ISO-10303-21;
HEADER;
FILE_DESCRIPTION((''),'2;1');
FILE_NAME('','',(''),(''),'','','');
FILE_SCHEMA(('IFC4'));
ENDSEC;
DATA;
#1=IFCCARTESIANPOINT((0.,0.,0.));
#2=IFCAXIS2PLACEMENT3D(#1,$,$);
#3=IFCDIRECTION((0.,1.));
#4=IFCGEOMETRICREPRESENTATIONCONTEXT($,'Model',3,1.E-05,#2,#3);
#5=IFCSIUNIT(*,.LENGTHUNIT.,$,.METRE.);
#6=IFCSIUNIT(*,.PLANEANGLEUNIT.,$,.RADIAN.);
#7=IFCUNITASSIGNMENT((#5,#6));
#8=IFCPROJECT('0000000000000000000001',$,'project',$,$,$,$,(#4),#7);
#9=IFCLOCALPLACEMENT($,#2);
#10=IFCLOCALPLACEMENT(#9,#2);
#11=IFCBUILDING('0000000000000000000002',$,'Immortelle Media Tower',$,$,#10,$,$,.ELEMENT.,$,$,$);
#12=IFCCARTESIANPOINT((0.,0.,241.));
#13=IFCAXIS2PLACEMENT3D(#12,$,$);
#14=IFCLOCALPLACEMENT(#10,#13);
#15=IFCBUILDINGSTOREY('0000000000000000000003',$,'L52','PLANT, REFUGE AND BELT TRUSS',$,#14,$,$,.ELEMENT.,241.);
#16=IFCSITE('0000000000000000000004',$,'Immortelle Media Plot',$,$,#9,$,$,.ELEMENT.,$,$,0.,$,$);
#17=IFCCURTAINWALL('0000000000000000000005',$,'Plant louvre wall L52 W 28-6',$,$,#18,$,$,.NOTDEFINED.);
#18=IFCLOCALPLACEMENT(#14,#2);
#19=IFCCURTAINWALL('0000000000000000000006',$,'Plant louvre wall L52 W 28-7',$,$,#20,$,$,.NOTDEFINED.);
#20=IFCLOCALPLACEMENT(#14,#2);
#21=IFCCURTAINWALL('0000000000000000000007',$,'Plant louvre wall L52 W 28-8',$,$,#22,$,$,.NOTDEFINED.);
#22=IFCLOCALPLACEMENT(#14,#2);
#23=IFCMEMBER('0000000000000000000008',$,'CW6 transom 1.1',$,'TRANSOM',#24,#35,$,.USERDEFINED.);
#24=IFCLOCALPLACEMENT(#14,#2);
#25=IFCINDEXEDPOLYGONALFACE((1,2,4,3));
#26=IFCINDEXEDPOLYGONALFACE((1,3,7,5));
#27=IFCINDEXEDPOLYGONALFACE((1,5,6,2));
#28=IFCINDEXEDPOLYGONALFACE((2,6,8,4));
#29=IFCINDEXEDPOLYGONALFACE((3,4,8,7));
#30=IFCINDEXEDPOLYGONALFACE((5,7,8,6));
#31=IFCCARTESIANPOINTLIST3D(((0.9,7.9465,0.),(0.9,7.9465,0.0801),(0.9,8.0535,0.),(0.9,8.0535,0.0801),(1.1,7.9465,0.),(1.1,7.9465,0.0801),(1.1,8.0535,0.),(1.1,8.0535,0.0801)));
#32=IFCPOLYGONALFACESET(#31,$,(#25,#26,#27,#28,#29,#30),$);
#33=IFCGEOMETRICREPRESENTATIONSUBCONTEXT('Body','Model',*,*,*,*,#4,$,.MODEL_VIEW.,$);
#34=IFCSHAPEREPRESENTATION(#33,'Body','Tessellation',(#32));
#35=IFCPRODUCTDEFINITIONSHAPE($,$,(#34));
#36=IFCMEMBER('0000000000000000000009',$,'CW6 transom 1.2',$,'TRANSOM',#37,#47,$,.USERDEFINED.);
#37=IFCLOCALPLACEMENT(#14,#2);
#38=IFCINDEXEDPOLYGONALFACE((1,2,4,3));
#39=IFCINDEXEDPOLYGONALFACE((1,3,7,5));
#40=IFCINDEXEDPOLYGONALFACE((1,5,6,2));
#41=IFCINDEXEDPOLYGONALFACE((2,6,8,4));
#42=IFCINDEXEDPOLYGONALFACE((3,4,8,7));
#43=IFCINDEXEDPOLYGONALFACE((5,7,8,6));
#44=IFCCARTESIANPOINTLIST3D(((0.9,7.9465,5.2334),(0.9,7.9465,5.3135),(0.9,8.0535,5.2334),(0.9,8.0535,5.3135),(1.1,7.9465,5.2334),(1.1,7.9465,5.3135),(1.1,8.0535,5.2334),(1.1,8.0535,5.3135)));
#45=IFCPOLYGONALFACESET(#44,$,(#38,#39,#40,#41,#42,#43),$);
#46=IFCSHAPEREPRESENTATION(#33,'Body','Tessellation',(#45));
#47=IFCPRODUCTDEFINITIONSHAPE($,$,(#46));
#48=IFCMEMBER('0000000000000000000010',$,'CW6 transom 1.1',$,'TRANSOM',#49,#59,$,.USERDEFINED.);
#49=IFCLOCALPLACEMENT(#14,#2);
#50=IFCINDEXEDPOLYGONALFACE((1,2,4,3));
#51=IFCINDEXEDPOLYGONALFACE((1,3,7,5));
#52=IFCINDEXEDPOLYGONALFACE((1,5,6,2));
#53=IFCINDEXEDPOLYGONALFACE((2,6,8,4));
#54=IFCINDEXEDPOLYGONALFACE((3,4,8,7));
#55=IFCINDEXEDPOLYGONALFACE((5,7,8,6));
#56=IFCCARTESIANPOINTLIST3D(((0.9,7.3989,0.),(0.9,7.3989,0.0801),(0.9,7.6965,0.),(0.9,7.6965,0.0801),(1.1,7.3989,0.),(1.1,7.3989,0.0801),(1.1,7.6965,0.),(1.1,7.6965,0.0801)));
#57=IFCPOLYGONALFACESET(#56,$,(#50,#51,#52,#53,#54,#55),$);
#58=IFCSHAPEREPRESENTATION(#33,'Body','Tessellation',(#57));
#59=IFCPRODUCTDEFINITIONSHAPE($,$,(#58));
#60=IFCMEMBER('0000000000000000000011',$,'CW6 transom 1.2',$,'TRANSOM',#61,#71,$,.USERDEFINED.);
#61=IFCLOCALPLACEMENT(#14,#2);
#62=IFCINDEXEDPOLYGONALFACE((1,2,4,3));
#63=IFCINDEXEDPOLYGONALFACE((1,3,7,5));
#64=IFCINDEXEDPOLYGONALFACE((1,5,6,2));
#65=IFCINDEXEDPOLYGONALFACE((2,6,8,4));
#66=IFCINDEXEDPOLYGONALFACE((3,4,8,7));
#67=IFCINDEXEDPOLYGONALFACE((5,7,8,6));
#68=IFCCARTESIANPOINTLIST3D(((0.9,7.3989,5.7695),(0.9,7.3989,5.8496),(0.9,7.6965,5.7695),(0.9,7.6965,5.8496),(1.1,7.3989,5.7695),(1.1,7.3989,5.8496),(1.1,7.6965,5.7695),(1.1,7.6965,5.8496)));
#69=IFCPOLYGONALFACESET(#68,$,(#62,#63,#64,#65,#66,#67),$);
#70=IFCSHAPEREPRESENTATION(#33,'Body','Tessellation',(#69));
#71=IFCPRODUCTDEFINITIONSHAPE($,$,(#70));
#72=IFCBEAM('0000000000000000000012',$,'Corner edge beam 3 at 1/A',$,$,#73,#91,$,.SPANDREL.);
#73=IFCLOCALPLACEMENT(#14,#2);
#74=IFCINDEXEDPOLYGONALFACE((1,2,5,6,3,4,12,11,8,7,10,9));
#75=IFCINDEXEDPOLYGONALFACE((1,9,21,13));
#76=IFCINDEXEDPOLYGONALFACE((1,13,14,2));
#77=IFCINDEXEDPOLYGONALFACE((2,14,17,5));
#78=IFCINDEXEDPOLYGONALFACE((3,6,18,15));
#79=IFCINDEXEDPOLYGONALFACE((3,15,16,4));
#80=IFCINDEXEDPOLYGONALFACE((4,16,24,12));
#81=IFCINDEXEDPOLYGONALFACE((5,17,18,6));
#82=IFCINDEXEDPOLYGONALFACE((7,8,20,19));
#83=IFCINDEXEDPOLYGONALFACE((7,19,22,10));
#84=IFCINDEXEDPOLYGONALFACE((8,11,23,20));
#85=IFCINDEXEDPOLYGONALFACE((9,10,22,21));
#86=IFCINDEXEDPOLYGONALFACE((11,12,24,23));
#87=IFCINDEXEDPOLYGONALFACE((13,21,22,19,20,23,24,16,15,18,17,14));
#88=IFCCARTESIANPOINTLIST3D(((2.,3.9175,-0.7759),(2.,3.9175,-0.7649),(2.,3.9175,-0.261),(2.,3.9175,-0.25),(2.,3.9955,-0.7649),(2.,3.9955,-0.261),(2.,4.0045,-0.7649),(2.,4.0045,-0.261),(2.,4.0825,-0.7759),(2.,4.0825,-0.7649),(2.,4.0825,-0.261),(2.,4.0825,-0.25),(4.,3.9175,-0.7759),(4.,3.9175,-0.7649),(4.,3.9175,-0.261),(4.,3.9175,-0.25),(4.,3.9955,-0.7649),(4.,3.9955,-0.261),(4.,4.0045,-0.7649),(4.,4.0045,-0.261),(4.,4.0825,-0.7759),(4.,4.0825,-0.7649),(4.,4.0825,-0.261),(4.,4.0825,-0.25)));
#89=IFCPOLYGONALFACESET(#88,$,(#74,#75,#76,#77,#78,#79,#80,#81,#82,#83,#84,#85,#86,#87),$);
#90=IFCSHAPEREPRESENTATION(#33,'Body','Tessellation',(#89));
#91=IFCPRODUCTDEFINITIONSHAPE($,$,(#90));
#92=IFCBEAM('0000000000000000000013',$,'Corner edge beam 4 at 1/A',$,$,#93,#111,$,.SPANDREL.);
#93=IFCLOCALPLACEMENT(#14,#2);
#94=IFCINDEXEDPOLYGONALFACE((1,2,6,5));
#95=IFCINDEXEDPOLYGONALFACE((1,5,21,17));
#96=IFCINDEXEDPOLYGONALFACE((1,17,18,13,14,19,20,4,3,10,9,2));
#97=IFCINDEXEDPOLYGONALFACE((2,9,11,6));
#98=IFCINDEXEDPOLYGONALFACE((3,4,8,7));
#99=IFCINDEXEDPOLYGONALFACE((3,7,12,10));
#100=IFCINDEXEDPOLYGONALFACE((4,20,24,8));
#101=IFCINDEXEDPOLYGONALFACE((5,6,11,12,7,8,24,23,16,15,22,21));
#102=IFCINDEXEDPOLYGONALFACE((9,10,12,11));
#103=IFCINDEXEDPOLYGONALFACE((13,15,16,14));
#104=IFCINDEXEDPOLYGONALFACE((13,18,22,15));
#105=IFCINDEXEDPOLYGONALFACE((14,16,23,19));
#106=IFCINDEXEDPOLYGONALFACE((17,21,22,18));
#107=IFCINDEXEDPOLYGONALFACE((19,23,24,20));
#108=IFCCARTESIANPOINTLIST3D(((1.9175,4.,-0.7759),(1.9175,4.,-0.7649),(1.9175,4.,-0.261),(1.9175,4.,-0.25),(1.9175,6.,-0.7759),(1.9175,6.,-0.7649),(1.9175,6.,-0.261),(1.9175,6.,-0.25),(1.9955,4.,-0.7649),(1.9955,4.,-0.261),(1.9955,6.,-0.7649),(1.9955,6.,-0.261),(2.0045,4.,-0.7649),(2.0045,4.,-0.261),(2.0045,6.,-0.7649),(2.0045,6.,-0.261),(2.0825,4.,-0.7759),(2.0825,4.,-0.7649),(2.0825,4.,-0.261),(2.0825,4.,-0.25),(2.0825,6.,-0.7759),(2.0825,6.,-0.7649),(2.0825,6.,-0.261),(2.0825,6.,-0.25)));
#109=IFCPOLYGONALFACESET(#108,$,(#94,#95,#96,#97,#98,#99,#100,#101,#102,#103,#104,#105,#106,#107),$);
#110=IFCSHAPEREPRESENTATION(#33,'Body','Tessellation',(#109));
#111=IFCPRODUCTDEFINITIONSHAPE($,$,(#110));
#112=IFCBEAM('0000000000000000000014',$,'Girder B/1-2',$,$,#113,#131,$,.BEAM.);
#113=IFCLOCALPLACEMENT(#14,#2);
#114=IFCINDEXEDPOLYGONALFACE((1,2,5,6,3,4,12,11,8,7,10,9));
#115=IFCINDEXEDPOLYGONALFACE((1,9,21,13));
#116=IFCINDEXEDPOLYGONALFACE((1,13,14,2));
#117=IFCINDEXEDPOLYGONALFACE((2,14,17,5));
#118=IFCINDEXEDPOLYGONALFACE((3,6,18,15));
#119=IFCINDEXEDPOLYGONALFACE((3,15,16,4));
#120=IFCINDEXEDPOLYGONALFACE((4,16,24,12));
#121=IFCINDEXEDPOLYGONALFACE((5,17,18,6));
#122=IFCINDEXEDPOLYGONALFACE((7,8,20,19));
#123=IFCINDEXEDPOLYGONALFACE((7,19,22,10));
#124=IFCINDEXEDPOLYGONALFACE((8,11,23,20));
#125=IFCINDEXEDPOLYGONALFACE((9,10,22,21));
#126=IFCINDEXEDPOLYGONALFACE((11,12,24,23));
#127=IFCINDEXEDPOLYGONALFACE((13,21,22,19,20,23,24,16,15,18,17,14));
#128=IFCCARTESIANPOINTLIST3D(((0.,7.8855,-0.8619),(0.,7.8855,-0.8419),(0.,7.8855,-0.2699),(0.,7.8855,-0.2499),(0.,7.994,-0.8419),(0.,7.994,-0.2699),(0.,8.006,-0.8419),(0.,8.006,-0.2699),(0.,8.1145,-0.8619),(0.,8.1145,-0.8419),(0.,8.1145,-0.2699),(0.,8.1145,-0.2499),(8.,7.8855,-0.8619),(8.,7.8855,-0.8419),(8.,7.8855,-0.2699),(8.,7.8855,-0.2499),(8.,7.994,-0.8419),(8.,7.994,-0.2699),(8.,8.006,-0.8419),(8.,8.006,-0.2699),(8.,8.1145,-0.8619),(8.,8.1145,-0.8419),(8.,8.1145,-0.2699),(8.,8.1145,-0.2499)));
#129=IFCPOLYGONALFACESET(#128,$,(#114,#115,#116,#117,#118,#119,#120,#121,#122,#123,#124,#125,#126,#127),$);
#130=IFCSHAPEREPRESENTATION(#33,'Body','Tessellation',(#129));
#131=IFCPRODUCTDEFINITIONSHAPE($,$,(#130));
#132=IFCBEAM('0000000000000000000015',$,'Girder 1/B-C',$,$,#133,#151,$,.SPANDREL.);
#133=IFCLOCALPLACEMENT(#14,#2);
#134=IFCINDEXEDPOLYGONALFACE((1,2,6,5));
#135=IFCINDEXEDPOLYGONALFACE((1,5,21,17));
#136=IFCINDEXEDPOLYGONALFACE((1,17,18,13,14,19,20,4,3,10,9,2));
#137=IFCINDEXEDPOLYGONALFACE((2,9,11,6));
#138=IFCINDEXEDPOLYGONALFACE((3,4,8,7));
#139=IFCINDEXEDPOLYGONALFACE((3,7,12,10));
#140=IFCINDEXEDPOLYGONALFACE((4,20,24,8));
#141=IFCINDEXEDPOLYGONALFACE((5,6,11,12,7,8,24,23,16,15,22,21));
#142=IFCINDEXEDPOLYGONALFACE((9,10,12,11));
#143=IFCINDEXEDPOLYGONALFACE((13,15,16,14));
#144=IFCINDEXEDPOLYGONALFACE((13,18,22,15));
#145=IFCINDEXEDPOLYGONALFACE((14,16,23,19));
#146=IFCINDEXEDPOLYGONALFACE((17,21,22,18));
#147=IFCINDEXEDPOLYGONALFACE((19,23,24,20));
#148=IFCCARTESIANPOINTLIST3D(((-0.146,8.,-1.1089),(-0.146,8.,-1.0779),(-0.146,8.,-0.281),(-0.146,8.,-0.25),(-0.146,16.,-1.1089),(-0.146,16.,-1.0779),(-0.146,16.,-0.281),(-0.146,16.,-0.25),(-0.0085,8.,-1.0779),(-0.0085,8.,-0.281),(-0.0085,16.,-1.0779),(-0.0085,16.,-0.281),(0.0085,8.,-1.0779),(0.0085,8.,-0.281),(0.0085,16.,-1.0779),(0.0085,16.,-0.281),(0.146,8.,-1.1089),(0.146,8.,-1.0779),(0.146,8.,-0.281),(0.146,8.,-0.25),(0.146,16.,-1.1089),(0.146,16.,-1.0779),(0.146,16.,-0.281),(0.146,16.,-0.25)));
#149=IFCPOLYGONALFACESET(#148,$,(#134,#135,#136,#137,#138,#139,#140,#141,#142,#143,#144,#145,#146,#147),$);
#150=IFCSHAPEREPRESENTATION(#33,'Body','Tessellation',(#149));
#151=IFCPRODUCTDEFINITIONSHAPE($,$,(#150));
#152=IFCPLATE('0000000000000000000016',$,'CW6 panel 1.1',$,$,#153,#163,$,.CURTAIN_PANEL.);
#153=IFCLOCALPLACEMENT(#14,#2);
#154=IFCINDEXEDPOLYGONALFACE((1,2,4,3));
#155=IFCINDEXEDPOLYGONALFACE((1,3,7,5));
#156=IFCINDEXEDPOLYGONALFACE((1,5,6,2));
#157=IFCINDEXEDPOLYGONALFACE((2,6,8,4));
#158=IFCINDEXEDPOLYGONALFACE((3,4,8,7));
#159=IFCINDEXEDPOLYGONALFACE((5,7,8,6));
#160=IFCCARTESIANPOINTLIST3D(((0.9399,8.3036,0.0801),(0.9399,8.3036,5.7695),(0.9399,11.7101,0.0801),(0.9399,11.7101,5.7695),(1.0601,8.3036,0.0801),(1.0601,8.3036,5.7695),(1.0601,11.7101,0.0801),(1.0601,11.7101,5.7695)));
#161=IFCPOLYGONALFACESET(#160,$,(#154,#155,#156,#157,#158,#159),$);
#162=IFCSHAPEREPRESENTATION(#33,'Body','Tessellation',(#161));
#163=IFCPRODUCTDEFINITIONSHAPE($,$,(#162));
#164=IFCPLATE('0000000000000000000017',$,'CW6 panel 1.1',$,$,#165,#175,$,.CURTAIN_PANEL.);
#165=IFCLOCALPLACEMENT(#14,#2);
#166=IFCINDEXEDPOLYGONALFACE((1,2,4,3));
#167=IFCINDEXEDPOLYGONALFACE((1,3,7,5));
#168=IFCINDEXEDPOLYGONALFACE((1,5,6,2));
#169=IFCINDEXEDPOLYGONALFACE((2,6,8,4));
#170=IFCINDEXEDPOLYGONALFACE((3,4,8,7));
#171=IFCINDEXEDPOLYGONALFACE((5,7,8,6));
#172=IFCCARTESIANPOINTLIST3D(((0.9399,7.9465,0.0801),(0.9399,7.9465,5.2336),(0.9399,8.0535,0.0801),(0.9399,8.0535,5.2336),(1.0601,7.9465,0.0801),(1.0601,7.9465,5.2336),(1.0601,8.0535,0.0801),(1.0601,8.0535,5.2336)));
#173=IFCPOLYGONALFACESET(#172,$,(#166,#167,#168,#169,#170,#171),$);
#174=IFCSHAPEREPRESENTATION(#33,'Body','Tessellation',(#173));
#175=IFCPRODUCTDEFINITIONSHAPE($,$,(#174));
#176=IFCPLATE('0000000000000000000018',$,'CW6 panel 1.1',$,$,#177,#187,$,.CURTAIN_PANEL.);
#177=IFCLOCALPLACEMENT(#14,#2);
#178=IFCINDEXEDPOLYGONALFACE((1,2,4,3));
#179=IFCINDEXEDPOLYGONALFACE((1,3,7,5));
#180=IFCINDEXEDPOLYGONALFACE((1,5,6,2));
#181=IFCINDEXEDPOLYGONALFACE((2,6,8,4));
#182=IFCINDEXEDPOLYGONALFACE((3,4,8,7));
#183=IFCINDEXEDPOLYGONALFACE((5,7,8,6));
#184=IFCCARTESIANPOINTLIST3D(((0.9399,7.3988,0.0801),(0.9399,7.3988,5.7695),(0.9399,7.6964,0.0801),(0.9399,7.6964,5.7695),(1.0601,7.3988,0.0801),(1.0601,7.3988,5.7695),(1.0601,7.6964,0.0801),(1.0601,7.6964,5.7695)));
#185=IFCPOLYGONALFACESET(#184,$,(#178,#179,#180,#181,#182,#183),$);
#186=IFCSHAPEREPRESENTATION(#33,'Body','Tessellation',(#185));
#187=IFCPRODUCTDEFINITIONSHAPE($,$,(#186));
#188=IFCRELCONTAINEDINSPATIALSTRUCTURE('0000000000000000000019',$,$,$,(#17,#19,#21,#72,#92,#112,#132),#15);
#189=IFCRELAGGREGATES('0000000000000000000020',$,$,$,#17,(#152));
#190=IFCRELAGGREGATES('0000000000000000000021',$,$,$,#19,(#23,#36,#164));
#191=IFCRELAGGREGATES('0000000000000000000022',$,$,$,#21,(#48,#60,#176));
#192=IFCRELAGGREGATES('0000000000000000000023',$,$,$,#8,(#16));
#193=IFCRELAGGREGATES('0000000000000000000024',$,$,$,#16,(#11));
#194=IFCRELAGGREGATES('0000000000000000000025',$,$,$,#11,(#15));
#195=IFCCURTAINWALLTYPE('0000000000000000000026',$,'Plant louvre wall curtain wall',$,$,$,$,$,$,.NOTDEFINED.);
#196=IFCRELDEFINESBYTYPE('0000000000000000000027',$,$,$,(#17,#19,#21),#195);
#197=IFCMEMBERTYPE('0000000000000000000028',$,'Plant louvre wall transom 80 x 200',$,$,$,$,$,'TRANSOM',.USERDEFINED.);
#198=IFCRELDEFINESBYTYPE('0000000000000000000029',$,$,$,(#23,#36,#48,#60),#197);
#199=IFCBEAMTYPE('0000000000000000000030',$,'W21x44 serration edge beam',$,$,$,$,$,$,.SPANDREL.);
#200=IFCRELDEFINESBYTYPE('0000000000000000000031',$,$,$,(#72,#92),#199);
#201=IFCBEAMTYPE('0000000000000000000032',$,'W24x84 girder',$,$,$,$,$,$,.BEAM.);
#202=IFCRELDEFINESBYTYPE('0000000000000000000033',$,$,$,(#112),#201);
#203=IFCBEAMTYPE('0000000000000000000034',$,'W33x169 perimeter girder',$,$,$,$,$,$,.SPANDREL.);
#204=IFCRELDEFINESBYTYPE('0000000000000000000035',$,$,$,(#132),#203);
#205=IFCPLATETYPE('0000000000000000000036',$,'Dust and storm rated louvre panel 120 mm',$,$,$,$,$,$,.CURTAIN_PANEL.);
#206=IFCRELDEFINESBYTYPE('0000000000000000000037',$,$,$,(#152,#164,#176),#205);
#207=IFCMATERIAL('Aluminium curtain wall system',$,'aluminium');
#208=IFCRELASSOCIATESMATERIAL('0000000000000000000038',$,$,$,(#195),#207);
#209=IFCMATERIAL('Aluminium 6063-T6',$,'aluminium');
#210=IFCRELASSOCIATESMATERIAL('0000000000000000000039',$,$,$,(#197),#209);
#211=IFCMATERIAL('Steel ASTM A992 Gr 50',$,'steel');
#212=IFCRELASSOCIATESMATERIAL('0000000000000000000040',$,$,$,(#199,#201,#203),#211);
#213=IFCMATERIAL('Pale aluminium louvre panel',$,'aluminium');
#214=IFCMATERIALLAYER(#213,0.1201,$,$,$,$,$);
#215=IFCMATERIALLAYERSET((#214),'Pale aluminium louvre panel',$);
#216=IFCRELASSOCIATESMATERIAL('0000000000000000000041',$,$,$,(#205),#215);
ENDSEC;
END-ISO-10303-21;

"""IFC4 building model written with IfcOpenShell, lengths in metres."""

from ifc_helpers import new_model, si_unit, direction, frame, origin, origin_2d, place, context, subcontext, project, spatial, rectangle, i_section, extrude, material, layer, layer_set, material_profile, profile_set, type_object, element, aggregate, save


model = new_model("IFC4")

# Units and contexts
model_context = context("Model", 3, precision=1e-05, world=origin(), true_north=direction((0.0, 1.0)))
body_context = subcontext(model_context, "Body", "Model", "MODEL_VIEW")
ifc_project = project(units=[si_unit("LENGTHUNIT", "METRE"), si_unit("PLANEANGLEUNIT", "RADIAN")], contexts=[model_context])

# Site, building, storey
site_placement = place(None, origin())
site = spatial("IfcSite", under=ifc_project, at=site_placement, Name="Immortelle Media Plot", CompositionType="ELEMENT", RefElevation=0.0)
building_placement = place(site_placement, origin())
building = spatial("IfcBuilding", under=site, at=building_placement, Name="Immortelle Media Tower", CompositionType="ELEMENT")
storey_placement = place(building_placement, frame((0.0, 0.0, 241.0)))
storey = spatial("IfcBuildingStorey", under=building, at=storey_placement, Name="L52", Description="PLANT, REFUGE AND BELT TRUSS", CompositionType="ELEMENT", Elevation=241.0)

# Shared definitions
ifc_material_1 = material(Name="Steel ASTM A992 Gr 50", Category="steel")

# Curtain wall
ifc_material_2 = material(Name="Aluminium curtain wall system", Category="aluminium")
curtain_wall_type = type_object("IfcCurtainWallType", Name="Plant louvre wall curtain wall", PredefinedType="NOTDEFINED", material=ifc_material_2)
curtain_wall_1_placement = place(storey_placement, origin())
curtain_wall_1 = element("IfcCurtainWall", 1, at=curtain_wall_1_placement, inside=storey, type_object=curtain_wall_type, Name="Plant louvre wall L52 W 28-6", PredefinedType="NOTDEFINED")
ifc_material_3 = material(Name="Aluminium 6063-T6", Category="aluminium")

# Curtain walls
curtain_wall_2_placement = place(storey_placement, origin())
curtain_wall_2 = element("IfcCurtainWall", 2, at=curtain_wall_2_placement, inside=storey, type_object=curtain_wall_type, Name="Plant louvre wall L52 W 28-7", PredefinedType="NOTDEFINED")
curtain_wall_3_placement = place(storey_placement, origin())
curtain_wall_3 = element("IfcCurtainWall", 3, at=curtain_wall_3_placement, inside=storey, type_object=curtain_wall_type, Name="Plant louvre wall L52 W 28-8", PredefinedType="NOTDEFINED")

# Members
ifc_material_profile_1 = material_profile(ifc_material_3, rectangle(XDim=0.2, YDim=0.0801, at=origin_2d()), Name="AL 80x200")
ifc_profile_set_1 = profile_set([ifc_material_profile_1], Name="Aluminium 6063-T6")
member_type_1 = type_object("IfcMemberType", Name="Plant louvre wall transom 80 x 200", ElementType="TRANSOM", PredefinedType="USERDEFINED", material=ifc_profile_set_1)
member_1_placement = place(storey_placement, frame((1.0, 8.0535, 0.04), z_axis=(0.0, -1.0, 0.0), x_axis=(1.0, 0.0, 0.0)))
member_1 = element("IfcMember", 4, at=member_1_placement, type_object=member_type_1, Name="CW6 transom 1.1", ObjectType="TRANSOM", PredefinedType="USERDEFINED", context=body_context, shape_type="SweptSolid", body=[
    extrude(rectangle(XDim=0.2, YDim=0.0801, at=origin_2d()), origin(), (0.0, 0.0, 1.0), 0.1069),
])
member_2_placement = place(storey_placement, frame((1.0, 8.0535, 5.2734), z_axis=(0.0, -1.0, 0.0), x_axis=(1.0, 0.0, 0.0)))
member_2 = element("IfcMember", 5, at=member_2_placement, type_object=member_type_1, Name="CW6 transom 1.2", ObjectType="TRANSOM", PredefinedType="USERDEFINED", context=body_context, shape_type="SweptSolid", body=[
    extrude(rectangle(XDim=0.2, YDim=0.0801, at=origin_2d()), origin(), (0.0, 0.0, 1.0), 0.1069),
])
member_3_placement = place(storey_placement, frame((1.0, 7.6965, 0.04), z_axis=(0.0, -1.0, 0.0), x_axis=(1.0, 0.0, 0.0)))
member_3 = element("IfcMember", 6, at=member_3_placement, type_object=member_type_1, Name="CW6 transom 1.1", ObjectType="TRANSOM", PredefinedType="USERDEFINED", context=body_context, shape_type="SweptSolid", body=[
    extrude(rectangle(XDim=0.2, YDim=0.0801, at=origin_2d()), origin(), (0.0, 0.0, 1.0), 0.2976),
])
member_4_placement = place(storey_placement, frame((1.0, 7.6965, 5.8096), z_axis=(0.0, -1.0, 0.0), x_axis=(1.0, 0.0, 0.0)))
member_4 = element("IfcMember", 7, at=member_4_placement, type_object=member_type_1, Name="CW6 transom 1.2", ObjectType="TRANSOM", PredefinedType="USERDEFINED", context=body_context, shape_type="SweptSolid", body=[
    extrude(rectangle(XDim=0.2, YDim=0.0801, at=origin_2d()), origin(), (0.0, 0.0, 1.0), 0.2976),
])

# Beams
ifc_material_profile_2 = material_profile(ifc_material_1, i_section(OverallWidth=0.165, OverallDepth=0.5259, WebThickness=0.009, FlangeThickness=0.011, at=origin_2d()), Name="W21x44")
ifc_profile_set_2 = profile_set([ifc_material_profile_2], Name="Steel ASTM A992 Gr 50")
beam_type_1 = type_object("IfcBeamType", Name="W21x44 serration edge beam", PredefinedType="SPANDREL", material=ifc_profile_set_2)
for number, where, z_axis, x_axis, name in (
    (8, (4.0, 4.0, -0.5129), (-1.0, 0.0, 0.0), (0.0, -1.0, 0.0), "Corner edge beam 3 at 1/A"),
    (9, (2.0, 4.0, -0.5129), (0.0, 1.0, 0.0), (-1.0, 0.0, 0.0), "Corner edge beam 4 at 1/A"),
):
    element("IfcBeam", number, at=place(storey_placement, frame(where, z_axis=z_axis, x_axis=x_axis)), inside=storey, type_object=beam_type_1, Name=name, PredefinedType="SPANDREL", context=body_context, shape_type="SweptSolid", body=[
        extrude(i_section(OverallWidth=0.165, OverallDepth=0.5259, WebThickness=0.009, FlangeThickness=0.011, at=origin_2d()), origin(), (0.0, 0.0, 1.0), 2.0),
    ])
ifc_material_profile_3 = material_profile(ifc_material_1, i_section(OverallWidth=0.229, OverallDepth=0.6121, WebThickness=0.012, FlangeThickness=0.02, at=origin_2d()), Name="W24x84")
ifc_profile_set_3 = profile_set([ifc_material_profile_3], Name="Steel ASTM A992 Gr 50")
beam_type_2 = type_object("IfcBeamType", Name="W24x84 girder", PredefinedType="BEAM", material=ifc_profile_set_3)
beam_1_placement = place(storey_placement, frame((0.0, 8.0, -0.5559), z_axis=(1.0, 0.0, 0.0), x_axis=(0.0, 1.0, 0.0)))
element("IfcBeam", 10, at=beam_1_placement, inside=storey, type_object=beam_type_2, Name="Girder B/1-2", PredefinedType="BEAM", context=body_context, shape_type="SweptSolid", body=[
    extrude(i_section(OverallWidth=0.229, OverallDepth=0.6121, WebThickness=0.012, FlangeThickness=0.02, at=origin_2d()), origin(), (0.0, 0.0, 1.0), 8.0),
])
ifc_material_profile_4 = material_profile(ifc_material_1, i_section(OverallWidth=0.292, OverallDepth=0.8589, WebThickness=0.0171, FlangeThickness=0.031, at=origin_2d()), Name="W33x169")
ifc_profile_set_4 = profile_set([ifc_material_profile_4], Name="Steel ASTM A992 Gr 50")
beam_type_3 = type_object("IfcBeamType", Name="W33x169 perimeter girder", PredefinedType="SPANDREL", material=ifc_profile_set_4)
beam_2_placement = place(storey_placement, frame((0.0, 8.0, -0.6794), z_axis=(0.0, 1.0, 0.0), x_axis=(-1.0, 0.0, 0.0)))
element("IfcBeam", 11, at=beam_2_placement, inside=storey, type_object=beam_type_3, Name="Girder 1/B-C", PredefinedType="SPANDREL", context=body_context, shape_type="SweptSolid", body=[
    extrude(i_section(OverallWidth=0.292, OverallDepth=0.8589, WebThickness=0.0171, FlangeThickness=0.031, at=origin_2d()), origin(), (0.0, 0.0, 1.0), 8.0),
])

# Plates
ifc_material_4 = material(Name="Pale aluminium louvre panel", Category="aluminium")
ifc_layer_1 = layer(ifc_material_4, 0.1201)
ifc_layer_set_1 = layer_set([ifc_layer_1], Name="Pale aluminium louvre panel")
plate_type = type_object("IfcPlateType", Name="Dust and storm rated louvre panel 120 mm", PredefinedType="CURTAIN_PANEL", material=ifc_layer_set_1)
plate_1_placement = place(storey_placement, frame((1.0, 10.0068, 0.0801), z_axis=(0.0, 0.0, 1.0), x_axis=(0.0, -1.0, 0.0)))
plate_1 = element("IfcPlate", 12, at=plate_1_placement, type_object=plate_type, Name="CW6 panel 1.1", PredefinedType="CURTAIN_PANEL", context=body_context, shape_type="SweptSolid", body=[
    extrude(rectangle(XDim=3.4065, YDim=0.1201, at=origin_2d()), origin(), (0.0, 0.0, 1.0), 5.6895),
])
aggregate(curtain_wall_1, [plate_1])
plate_2_placement = place(storey_placement, frame((1.0, 8.0, 0.0801), z_axis=(0.0, 0.0, 1.0), x_axis=(0.0, -1.0, 0.0)))
plate_2 = element("IfcPlate", 13, at=plate_2_placement, type_object=plate_type, Name="CW6 panel 1.1", PredefinedType="CURTAIN_PANEL", context=body_context, shape_type="SweptSolid", body=[
    extrude(rectangle(XDim=0.1069, YDim=0.1201, at=origin_2d()), origin(), (0.0, 0.0, 1.0), 5.1536),
])
aggregate(curtain_wall_2, [member_1, member_2, plate_2])
plate_3_placement = place(storey_placement, frame((1.0, 7.5476, 0.0801), z_axis=(0.0, 0.0, 1.0), x_axis=(0.0, -1.0, 0.0)))
plate_3 = element("IfcPlate", 14, at=plate_3_placement, type_object=plate_type, Name="CW6 panel 1.1", PredefinedType="CURTAIN_PANEL", context=body_context, shape_type="SweptSolid", body=[
    extrude(rectangle(XDim=0.2976, YDim=0.1201, at=origin_2d()), origin(), (0.0, 0.0, 1.0), 5.6895),
])
aggregate(curtain_wall_3, [member_3, member_4, plate_3])

save(model, "model.ifc")
